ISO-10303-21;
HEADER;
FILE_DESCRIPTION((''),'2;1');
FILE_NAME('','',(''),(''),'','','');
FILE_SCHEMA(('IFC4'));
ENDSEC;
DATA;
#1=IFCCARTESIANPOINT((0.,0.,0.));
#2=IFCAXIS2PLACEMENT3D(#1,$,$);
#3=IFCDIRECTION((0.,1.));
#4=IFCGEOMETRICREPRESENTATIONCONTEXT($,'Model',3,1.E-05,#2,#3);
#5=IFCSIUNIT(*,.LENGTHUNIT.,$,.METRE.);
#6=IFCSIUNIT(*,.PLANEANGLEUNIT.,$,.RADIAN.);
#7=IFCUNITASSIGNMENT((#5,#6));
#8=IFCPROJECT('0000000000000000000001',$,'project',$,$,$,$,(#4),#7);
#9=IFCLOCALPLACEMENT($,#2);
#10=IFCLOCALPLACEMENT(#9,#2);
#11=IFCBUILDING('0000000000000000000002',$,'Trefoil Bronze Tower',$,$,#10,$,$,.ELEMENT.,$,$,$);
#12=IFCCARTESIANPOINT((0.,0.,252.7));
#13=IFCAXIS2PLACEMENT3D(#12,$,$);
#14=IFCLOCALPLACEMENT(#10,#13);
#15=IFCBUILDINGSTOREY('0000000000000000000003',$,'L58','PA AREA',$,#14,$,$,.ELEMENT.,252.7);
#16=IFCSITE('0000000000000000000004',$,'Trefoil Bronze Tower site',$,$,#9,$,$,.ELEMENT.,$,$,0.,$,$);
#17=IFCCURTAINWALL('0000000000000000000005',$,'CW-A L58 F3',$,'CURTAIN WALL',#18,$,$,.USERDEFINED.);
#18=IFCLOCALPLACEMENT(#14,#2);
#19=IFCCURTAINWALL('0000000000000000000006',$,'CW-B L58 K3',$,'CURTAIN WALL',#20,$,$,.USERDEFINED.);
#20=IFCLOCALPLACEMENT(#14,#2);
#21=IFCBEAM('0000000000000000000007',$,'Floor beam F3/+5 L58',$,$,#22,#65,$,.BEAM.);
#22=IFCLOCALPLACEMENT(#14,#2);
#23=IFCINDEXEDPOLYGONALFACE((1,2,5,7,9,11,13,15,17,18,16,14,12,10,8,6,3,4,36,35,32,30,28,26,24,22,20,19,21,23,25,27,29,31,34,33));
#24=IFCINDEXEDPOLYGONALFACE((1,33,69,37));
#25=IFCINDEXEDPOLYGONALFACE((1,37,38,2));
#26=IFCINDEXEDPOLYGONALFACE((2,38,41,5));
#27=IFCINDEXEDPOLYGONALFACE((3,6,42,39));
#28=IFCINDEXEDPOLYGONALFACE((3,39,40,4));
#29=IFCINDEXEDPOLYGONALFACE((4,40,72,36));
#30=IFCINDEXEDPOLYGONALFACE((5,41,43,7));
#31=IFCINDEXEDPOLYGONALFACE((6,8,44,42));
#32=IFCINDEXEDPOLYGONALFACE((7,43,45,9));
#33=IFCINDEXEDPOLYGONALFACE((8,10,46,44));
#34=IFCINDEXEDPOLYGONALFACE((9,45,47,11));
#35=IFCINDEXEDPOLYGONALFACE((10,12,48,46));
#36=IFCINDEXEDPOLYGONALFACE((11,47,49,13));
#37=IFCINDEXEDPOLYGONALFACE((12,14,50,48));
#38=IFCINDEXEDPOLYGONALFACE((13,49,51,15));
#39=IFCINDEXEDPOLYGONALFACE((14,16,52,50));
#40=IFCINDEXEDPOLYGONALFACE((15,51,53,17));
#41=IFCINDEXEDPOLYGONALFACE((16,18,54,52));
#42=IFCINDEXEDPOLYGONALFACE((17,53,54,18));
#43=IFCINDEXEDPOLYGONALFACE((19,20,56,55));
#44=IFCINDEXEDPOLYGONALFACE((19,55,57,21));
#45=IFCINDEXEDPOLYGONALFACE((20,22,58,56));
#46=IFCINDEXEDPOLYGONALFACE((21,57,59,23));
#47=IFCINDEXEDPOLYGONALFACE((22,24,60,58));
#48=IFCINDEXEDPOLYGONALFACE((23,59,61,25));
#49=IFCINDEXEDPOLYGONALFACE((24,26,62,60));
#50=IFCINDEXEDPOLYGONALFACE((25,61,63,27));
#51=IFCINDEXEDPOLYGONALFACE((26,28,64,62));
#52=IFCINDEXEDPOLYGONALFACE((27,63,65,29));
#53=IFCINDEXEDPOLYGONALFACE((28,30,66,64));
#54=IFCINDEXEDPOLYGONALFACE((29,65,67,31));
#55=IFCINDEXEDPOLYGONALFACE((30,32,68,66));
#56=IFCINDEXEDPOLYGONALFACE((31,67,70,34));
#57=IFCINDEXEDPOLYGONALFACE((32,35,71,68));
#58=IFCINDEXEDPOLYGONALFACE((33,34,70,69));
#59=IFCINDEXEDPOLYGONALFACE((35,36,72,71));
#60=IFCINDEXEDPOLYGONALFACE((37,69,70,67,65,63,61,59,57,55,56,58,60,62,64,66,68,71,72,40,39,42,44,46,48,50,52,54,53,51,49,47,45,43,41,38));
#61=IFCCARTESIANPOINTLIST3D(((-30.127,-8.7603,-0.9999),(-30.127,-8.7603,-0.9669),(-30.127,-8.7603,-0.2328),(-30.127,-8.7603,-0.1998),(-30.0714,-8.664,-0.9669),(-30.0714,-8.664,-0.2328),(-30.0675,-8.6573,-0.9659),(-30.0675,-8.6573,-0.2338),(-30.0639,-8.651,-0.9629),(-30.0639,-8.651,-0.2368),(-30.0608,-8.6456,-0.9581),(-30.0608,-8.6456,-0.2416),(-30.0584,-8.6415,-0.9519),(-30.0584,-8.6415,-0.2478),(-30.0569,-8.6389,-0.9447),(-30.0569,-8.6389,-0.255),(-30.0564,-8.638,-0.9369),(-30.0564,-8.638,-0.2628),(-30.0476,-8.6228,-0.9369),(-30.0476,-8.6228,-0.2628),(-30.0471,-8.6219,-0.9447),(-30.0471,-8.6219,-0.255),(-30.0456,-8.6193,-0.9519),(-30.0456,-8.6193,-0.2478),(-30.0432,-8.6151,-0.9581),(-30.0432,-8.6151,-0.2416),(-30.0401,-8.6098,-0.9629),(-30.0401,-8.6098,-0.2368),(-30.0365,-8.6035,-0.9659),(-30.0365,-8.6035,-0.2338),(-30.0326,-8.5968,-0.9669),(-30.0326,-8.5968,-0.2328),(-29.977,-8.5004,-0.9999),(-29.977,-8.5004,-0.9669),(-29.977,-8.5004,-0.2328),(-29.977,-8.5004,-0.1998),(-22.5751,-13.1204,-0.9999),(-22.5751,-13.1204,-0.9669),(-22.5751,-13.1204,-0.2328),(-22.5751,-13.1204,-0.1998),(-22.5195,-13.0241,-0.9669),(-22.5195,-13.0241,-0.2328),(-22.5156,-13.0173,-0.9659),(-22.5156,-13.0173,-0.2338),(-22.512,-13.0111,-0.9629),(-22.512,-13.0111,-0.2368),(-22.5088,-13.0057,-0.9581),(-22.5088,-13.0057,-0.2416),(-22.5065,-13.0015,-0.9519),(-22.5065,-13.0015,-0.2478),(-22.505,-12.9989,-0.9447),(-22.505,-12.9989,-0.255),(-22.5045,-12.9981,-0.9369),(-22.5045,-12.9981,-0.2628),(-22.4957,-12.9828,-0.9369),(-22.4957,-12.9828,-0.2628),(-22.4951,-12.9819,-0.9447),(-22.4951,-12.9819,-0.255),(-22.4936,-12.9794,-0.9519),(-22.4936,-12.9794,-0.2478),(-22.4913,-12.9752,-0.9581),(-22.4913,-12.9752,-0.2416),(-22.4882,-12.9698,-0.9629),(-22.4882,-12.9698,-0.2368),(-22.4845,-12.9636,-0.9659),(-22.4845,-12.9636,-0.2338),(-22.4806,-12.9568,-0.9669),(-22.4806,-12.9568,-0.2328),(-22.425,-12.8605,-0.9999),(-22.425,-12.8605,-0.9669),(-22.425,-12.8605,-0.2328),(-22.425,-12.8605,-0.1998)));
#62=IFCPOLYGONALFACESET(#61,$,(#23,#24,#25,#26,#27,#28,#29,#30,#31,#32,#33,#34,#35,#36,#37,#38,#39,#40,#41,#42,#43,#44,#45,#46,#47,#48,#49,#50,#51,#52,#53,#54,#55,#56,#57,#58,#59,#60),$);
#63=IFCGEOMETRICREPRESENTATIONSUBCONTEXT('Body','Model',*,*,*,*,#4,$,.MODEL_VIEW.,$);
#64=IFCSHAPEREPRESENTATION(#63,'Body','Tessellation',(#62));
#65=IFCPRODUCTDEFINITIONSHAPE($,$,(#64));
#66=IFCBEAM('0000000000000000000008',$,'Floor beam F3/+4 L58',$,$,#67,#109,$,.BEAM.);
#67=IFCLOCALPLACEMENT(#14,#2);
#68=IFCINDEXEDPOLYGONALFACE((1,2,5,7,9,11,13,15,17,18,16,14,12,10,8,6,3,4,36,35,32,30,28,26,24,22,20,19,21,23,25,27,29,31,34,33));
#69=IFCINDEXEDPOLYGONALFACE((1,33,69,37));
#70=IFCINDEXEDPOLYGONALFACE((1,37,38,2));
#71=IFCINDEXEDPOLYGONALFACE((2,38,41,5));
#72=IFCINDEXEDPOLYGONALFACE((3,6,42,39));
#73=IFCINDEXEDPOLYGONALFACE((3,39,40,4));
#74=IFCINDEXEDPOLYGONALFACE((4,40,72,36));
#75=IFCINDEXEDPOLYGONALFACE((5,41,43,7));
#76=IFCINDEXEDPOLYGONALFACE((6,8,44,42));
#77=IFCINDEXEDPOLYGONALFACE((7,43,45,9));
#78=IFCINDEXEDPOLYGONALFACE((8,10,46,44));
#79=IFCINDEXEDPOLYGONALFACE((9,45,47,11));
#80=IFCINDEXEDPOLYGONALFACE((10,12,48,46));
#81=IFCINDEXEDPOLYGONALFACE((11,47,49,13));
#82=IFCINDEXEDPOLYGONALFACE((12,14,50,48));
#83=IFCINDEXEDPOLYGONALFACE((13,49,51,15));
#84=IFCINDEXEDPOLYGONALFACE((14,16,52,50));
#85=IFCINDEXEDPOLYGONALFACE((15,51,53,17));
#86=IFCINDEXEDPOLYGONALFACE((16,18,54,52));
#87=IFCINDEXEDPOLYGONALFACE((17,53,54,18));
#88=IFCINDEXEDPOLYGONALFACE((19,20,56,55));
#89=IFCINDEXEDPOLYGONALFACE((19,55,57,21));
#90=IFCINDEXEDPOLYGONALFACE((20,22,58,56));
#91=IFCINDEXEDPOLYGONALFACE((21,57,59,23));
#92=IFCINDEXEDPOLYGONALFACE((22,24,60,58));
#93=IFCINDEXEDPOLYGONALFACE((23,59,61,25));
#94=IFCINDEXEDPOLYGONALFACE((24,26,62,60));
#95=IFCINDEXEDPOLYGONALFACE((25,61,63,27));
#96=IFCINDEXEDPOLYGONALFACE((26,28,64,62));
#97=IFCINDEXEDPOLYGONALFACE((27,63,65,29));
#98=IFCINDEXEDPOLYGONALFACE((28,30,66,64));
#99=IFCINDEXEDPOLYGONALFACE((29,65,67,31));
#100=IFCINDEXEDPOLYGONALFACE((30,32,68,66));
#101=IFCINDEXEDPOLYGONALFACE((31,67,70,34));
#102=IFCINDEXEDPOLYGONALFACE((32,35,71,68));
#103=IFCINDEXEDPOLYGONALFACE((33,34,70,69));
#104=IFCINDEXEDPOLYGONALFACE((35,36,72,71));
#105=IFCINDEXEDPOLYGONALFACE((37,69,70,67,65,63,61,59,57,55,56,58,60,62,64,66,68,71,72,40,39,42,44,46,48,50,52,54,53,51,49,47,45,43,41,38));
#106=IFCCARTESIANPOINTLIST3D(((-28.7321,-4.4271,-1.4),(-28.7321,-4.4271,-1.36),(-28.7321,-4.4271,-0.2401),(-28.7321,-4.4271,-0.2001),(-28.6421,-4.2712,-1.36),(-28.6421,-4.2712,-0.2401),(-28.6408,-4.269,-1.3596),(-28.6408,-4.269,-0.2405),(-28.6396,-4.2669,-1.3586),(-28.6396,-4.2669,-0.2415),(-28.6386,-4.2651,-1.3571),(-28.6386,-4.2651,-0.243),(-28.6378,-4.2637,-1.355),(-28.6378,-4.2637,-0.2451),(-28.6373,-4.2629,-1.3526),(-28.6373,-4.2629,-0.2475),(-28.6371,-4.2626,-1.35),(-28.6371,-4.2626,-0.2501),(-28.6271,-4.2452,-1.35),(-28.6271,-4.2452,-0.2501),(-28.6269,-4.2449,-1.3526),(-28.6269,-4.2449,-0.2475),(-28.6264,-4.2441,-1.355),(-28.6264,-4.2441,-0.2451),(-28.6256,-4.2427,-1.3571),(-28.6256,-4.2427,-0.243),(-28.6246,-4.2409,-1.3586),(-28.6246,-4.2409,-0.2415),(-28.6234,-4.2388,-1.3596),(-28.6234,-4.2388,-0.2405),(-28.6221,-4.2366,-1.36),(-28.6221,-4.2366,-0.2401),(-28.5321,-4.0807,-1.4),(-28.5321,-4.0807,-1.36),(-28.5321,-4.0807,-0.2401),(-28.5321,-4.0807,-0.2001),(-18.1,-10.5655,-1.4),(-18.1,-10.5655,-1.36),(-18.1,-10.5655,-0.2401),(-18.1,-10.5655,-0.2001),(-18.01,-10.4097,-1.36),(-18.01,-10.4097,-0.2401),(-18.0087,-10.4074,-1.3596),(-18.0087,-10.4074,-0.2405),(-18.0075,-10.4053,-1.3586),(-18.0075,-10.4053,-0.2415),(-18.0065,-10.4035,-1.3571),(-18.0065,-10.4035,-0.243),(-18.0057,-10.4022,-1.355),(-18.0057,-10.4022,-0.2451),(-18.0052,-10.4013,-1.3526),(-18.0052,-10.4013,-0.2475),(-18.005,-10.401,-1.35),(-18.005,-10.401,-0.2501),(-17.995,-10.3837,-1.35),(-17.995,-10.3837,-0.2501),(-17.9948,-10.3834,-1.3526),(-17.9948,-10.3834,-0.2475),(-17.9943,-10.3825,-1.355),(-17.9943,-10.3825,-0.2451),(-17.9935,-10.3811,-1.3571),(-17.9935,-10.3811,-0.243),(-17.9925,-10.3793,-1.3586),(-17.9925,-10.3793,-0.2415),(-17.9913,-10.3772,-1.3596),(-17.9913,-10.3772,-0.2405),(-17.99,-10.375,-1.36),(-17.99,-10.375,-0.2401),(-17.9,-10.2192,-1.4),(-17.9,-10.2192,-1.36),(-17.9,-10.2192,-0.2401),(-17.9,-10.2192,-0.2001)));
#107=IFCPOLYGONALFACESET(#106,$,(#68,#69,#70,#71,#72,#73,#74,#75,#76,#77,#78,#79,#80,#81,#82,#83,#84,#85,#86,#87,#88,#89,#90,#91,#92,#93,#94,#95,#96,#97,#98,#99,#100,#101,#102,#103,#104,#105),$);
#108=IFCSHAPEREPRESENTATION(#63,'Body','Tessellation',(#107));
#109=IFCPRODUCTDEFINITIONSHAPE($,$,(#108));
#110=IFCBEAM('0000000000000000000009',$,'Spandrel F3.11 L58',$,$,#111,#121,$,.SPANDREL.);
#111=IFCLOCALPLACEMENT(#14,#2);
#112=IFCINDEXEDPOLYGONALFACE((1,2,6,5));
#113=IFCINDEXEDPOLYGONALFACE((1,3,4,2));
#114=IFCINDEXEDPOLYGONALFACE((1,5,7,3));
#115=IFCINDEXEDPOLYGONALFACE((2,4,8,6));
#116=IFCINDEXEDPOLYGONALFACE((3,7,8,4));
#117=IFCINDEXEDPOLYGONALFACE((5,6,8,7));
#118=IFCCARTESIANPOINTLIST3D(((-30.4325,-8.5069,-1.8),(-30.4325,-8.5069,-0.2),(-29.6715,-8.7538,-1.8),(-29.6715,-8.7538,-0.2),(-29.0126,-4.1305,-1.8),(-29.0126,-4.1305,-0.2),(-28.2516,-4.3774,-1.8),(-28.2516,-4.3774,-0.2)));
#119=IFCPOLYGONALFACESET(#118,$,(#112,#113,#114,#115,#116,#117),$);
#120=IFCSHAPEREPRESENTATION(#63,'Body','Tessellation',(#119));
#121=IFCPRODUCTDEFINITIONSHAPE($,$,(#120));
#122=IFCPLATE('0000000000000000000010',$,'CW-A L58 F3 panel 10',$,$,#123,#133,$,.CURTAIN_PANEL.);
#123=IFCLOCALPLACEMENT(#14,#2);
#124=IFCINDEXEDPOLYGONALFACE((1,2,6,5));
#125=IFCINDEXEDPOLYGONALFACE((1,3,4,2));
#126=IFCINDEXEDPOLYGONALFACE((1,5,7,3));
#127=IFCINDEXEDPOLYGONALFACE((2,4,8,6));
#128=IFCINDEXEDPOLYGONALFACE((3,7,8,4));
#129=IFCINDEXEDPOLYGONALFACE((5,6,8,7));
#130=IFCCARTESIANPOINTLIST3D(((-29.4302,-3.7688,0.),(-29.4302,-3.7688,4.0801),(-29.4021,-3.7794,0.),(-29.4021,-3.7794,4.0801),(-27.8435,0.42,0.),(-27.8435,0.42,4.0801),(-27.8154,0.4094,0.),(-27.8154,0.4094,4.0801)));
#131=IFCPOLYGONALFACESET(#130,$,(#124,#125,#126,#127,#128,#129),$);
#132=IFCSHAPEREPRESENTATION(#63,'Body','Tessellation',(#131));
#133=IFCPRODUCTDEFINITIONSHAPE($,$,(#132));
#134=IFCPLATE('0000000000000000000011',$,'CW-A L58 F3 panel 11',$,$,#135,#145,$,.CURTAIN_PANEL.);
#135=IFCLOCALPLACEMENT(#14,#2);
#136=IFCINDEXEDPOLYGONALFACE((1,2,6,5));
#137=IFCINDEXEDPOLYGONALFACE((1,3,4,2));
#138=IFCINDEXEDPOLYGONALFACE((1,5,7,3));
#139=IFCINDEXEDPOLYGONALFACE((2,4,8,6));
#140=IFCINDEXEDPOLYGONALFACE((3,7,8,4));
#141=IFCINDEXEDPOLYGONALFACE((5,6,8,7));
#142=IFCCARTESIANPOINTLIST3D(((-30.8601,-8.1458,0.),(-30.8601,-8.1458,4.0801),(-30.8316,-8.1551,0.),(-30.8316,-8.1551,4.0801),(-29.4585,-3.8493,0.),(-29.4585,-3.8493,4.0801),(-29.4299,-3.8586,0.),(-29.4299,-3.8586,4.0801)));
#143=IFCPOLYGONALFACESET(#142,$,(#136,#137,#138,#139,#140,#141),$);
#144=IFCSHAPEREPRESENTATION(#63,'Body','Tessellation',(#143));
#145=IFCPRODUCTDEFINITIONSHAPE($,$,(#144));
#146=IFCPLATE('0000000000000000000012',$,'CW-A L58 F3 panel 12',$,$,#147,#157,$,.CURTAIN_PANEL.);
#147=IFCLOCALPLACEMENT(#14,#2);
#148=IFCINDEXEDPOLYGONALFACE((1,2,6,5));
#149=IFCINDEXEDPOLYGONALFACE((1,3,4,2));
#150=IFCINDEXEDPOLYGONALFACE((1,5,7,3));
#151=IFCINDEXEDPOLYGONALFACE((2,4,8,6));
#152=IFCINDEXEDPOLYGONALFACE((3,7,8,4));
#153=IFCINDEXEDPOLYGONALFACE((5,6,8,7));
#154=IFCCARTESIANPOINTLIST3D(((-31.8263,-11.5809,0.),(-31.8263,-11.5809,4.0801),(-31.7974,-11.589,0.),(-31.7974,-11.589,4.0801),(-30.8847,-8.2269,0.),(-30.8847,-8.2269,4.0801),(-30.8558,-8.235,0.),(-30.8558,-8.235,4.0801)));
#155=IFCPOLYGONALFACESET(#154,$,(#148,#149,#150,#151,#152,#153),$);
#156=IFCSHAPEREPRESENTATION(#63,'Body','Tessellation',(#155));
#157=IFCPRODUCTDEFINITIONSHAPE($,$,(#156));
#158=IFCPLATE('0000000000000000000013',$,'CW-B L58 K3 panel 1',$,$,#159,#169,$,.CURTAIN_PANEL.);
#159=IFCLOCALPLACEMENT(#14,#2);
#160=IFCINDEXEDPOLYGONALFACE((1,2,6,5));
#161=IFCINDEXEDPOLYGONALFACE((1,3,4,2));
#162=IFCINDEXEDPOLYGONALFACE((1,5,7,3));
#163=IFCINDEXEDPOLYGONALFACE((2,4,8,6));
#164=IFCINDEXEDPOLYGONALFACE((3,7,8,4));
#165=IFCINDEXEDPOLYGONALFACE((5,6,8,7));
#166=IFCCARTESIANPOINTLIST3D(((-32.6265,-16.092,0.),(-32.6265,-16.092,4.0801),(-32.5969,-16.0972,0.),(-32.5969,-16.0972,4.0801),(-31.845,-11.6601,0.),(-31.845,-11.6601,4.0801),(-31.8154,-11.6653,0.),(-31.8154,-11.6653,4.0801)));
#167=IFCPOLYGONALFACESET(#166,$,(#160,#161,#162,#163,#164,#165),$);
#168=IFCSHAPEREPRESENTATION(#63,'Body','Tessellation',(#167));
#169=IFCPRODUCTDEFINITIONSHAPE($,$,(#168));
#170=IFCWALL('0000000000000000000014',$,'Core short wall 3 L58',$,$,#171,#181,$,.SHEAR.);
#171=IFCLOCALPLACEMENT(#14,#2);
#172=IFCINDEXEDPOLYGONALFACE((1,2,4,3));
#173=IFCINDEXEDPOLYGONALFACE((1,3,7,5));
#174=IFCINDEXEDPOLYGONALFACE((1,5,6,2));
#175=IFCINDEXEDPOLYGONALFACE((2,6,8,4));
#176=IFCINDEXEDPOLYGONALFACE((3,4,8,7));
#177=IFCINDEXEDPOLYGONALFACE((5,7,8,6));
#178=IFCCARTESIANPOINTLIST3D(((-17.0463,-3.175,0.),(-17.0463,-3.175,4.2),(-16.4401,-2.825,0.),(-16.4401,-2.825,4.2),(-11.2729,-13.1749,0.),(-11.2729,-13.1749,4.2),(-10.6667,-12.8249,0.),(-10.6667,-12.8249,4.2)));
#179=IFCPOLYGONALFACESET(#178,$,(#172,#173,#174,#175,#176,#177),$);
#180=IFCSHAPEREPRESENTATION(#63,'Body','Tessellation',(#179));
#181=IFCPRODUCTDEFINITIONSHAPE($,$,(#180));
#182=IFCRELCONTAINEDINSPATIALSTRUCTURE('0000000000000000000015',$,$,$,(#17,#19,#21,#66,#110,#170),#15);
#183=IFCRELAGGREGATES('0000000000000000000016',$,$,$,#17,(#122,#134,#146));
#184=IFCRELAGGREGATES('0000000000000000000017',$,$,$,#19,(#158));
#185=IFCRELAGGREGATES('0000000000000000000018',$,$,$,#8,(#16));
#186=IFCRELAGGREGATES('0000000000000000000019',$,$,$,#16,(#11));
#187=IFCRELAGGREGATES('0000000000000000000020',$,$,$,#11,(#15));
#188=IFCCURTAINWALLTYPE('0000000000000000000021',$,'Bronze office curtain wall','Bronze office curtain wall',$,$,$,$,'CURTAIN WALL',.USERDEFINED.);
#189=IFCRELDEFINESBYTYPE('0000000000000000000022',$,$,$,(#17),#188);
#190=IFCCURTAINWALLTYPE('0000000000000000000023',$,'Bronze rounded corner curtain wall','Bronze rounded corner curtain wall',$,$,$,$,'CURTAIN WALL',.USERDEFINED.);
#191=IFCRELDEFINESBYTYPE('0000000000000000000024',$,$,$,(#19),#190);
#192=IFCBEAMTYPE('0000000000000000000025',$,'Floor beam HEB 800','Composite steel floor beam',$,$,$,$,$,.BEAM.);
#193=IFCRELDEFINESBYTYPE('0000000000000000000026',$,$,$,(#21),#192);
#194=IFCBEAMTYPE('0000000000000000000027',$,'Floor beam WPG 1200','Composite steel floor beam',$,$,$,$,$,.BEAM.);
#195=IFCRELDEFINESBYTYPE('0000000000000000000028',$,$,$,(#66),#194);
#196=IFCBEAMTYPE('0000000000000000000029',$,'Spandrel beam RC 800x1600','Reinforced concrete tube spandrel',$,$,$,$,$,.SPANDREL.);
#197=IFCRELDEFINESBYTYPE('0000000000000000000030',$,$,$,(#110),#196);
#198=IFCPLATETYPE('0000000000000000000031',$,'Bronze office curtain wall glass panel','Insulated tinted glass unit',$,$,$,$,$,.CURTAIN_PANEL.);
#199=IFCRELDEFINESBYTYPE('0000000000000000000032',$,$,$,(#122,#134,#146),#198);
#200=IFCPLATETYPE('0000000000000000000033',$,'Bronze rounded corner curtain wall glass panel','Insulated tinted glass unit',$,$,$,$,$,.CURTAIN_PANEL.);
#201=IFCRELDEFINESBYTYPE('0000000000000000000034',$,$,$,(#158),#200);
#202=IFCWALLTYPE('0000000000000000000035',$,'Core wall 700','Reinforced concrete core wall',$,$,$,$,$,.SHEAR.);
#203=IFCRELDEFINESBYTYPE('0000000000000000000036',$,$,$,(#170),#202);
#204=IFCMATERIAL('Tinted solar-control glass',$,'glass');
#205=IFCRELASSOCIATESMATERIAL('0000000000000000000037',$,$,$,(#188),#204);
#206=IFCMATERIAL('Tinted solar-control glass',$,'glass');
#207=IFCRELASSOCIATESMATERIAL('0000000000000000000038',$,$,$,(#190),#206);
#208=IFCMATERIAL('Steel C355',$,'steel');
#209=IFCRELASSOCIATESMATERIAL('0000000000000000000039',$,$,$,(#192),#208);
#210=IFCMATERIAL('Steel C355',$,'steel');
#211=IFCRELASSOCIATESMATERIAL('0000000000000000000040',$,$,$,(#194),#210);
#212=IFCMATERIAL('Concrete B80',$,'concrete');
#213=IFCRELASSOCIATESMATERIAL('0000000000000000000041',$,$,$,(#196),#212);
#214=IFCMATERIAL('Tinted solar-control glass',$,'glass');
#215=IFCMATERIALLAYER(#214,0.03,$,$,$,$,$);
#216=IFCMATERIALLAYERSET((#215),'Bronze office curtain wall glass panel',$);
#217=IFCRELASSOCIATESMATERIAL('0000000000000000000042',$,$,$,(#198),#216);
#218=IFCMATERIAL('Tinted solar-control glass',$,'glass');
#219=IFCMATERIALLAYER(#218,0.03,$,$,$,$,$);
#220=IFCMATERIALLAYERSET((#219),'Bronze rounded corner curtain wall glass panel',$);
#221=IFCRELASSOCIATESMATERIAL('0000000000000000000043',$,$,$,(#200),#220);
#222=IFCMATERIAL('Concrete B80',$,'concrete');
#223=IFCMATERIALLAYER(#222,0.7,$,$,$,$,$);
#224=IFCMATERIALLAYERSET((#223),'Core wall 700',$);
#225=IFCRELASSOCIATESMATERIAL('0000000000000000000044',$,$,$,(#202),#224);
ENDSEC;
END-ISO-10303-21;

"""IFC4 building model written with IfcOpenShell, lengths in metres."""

from ifc_helpers import new_model, si_unit, direction, frame, frame_2d, origin, origin_2d, place, context, subcontext, project, spatial, rectangle, i_section, extrude, material, layer, layer_set, material_profile, profile_set, type_object, element, aggregate, save


model = new_model("IFC4")

# Units and contexts
model_context = context("Model", 3, precision=1e-05, world=origin(), true_north=direction((0.0, 1.0)))
body_context = subcontext(model_context, "Body", "Model", "MODEL_VIEW")
ifc_project = project(units=[si_unit("LENGTHUNIT", "METRE"), si_unit("PLANEANGLEUNIT", "RADIAN")], contexts=[model_context])

# Site, building, storey
site_placement = place(None, origin())
site = spatial("IfcSite", under=ifc_project, at=site_placement, Name="Trefoil Bronze Tower site", CompositionType="ELEMENT", RefElevation=0.0)
building_placement = place(site_placement, origin())
building = spatial("IfcBuilding", under=site, at=building_placement, Name="Trefoil Bronze Tower", CompositionType="ELEMENT")
storey_placement = place(building_placement, frame((0.0, 0.0, 252.7)))
storey = spatial("IfcBuildingStorey", under=building, at=storey_placement, Name="L58", Description="PA AREA", CompositionType="ELEMENT", Elevation=252.7)

# Curtain walls
ifc_material_1 = material(Name="Tinted solar-control glass", Category="glass")
curtain_wall_type_1 = type_object("IfcCurtainWallType", Name="Bronze office curtain wall", Description="Bronze office curtain wall", ElementType="CURTAIN WALL", PredefinedType="USERDEFINED", material=ifc_material_1)
curtain_wall_1_placement = place(storey_placement, origin())
curtain_wall_1 = element("IfcCurtainWall", 1, at=curtain_wall_1_placement, inside=storey, type_object=curtain_wall_type_1, Name="CW-A L58 F3", ObjectType="CURTAIN WALL", PredefinedType="USERDEFINED")
ifc_material_2 = material(Name="Tinted solar-control glass", Category="glass")
curtain_wall_type_2 = type_object("IfcCurtainWallType", Name="Bronze rounded corner curtain wall", Description="Bronze rounded corner curtain wall", ElementType="CURTAIN WALL", PredefinedType="USERDEFINED", material=ifc_material_2)
curtain_wall_2_placement = place(storey_placement, origin())
curtain_wall_2 = element("IfcCurtainWall", 2, at=curtain_wall_2_placement, inside=storey, type_object=curtain_wall_type_2, Name="CW-B L58 K3", ObjectType="CURTAIN WALL", PredefinedType="USERDEFINED")

# Beams
ifc_material_3 = material(Name="Steel C355", Category="steel")
ifc_material_profile_1 = material_profile(ifc_material_3, i_section(OverallWidth=0.3, OverallDepth=0.8, WebThickness=0.0176, FlangeThickness=0.033, FilletRadius=0.03, at=origin_2d()), Name="HEB 800")
ifc_profile_set_1 = profile_set([ifc_material_profile_1], Name="Steel C355")
beam_type_1 = type_object("IfcBeamType", Name="Floor beam HEB 800", Description="Composite steel floor beam", PredefinedType="BEAM", material=ifc_profile_set_1)
beam_1_placement = place(storey_placement, frame((-30.052, -8.6304, -0.5999), z_axis=(0.866028, -0.499996, 0.0), x_axis=(0.499996, 0.866028, 0.0)))
element("IfcBeam", 3, at=beam_1_placement, inside=storey, type_object=beam_type_1, Name="Floor beam F3/+5 L58", PredefinedType="BEAM", context=body_context, shape_type="SweptSolid", body=[
    extrude(i_section(OverallWidth=0.3, OverallDepth=0.8, WebThickness=0.0176, FlangeThickness=0.033, FilletRadius=0.03, at=origin_2d()), origin(), (0.0, 0.0, 1.0), 8.7202),
])
ifc_material_4 = material(Name="Steel C355", Category="steel")
ifc_material_profile_2 = material_profile(ifc_material_4, i_section(OverallWidth=0.3999, OverallDepth=1.2, WebThickness=0.02, FlangeThickness=0.04, FilletRadius=0.01, at=origin_2d()), Name="WPG 1200")
ifc_profile_set_2 = profile_set([ifc_material_profile_2], Name="Steel C355")
beam_type_2 = type_object("IfcBeamType", Name="Floor beam WPG 1200", Description="Composite steel floor beam", PredefinedType="BEAM", material=ifc_profile_set_2)
beam_2_placement = place(storey_placement, frame((-28.6321, -4.2539, -0.8), z_axis=(0.866026, -0.5, 0.0), x_axis=(0.5, 0.866026, 0.0)))
element("IfcBeam", 4, at=beam_2_placement, inside=storey, type_object=beam_type_2, Name="Floor beam F3/+4 L58", PredefinedType="BEAM", context=body_context, shape_type="SweptSolid", body=[
    extrude(i_section(OverallWidth=0.3999, OverallDepth=1.2, WebThickness=0.02, FlangeThickness=0.04, FilletRadius=0.01, at=origin_2d()), origin(), (0.0, 0.0, 1.0), 12.2769),
])
ifc_material_5 = material(Name="Concrete B80", Category="concrete")
ifc_material_profile_3 = material_profile(ifc_material_5, rectangle(XDim=0.8, YDim=1.6001, at=origin_2d()), Name="RC 800x1600")
ifc_profile_set_3 = profile_set([ifc_material_profile_3], Name="Concrete B80")
beam_type_3 = type_object("IfcBeamType", Name="Spandrel beam RC 800x1600", Description="Reinforced concrete tube spandrel", PredefinedType="SPANDREL", material=ifc_profile_set_3)
beam_3_placement = place(storey_placement, frame((-28.6321, -4.2539, -1.0), z_axis=(-0.308609, -0.951189, 0.0), x_axis=(0.951189, -0.308609, 0.0)))
element("IfcBeam", 5, at=beam_3_placement, inside=storey, type_object=beam_type_3, Name="Spandrel F3.11 L58", PredefinedType="SPANDREL", context=body_context, shape_type="SweptSolid", body=[
    extrude(rectangle(XDim=0.8, YDim=1.6001, at=origin_2d()), origin(), (0.0, 0.0, 1.0), 4.6011),
])

# Plates
ifc_material_6 = material(Name="Tinted solar-control glass", Category="glass")
ifc_layer_1 = layer(ifc_material_6, 0.03)
ifc_layer_set_1 = layer_set([ifc_layer_1], Name="Bronze office curtain wall glass panel")
plate_type_1 = type_object("IfcPlateType", Name="Bronze office curtain wall glass panel", Description="Insulated tinted glass unit", PredefinedType="CURTAIN_PANEL", material=ifc_layer_set_1)
plate_1_placement = place(storey_placement, frame((-28.6228, -1.6797, 0.0), z_axis=(0.0, 0.0, 1.0), x_axis=(-0.354234, -0.935157, 0.0)))
plate_1 = element("IfcPlate", 6, at=plate_1_placement, type_object=plate_type_1, Name="CW-A L58 F3 panel 10", PredefinedType="CURTAIN_PANEL", context=body_context, shape_type="SweptSolid", body=[
    extrude(rectangle(XDim=4.4792, YDim=0.03, at=origin_2d()), origin(), (0.0, 0.0, 1.0), 4.0801),
])
plate_2_placement = place(storey_placement, frame((-30.145, -6.0022, 0.0), z_axis=(0.0, 0.0, 1.0), x_axis=(-0.310149, -0.950688, 0.0)))
plate_2 = element("IfcPlate", 7, at=plate_2_placement, type_object=plate_type_1, Name="CW-A L58 F3 panel 11", PredefinedType="CURTAIN_PANEL", context=body_context, shape_type="SweptSolid", body=[
    extrude(rectangle(XDim=4.5193, YDim=0.03, at=origin_2d()), origin(), (0.0, 0.0, 1.0), 4.0801),
])
plate_3_placement = place(storey_placement, frame((-31.3411, -9.908, 0.0), z_axis=(0.0, 0.0, 1.0), x_axis=(-0.270282, -0.962781, 0.0)))
plate_3 = element("IfcPlate", 8, at=plate_3_placement, type_object=plate_type_1, Name="CW-A L58 F3 panel 12", PredefinedType="CURTAIN_PANEL", context=body_context, shape_type="SweptSolid", body=[
    extrude(rectangle(XDim=3.4836, YDim=0.03, at=origin_2d()), origin(), (0.0, 0.0, 1.0), 4.0801),
])
aggregate(curtain_wall_1, [plate_1, plate_2, plate_3])
ifc_material_7 = material(Name="Tinted solar-control glass", Category="glass")
ifc_layer_2 = layer(ifc_material_7, 0.03)
ifc_layer_set_2 = layer_set([ifc_layer_2], Name="Bronze rounded corner curtain wall glass panel")
plate_type_2 = type_object("IfcPlateType", Name="Bronze rounded corner curtain wall glass panel", Description="Insulated tinted glass unit", PredefinedType="CURTAIN_PANEL", material=ifc_layer_set_2)
plate_4_placement = place(storey_placement, frame((-32.2209, -13.8787, 0.0), z_axis=(0.0, 0.0, 1.0), x_axis=(-0.173648, -0.984808, 0.0)))
plate_4 = element("IfcPlate", 9, at=plate_4_placement, type_object=plate_type_2, Name="CW-B L58 K3 panel 1", PredefinedType="CURTAIN_PANEL", context=body_context, shape_type="SweptSolid", body=[
    extrude(rectangle(XDim=4.5002, YDim=0.03, at=origin_2d()), origin(), (0.0, 0.0, 1.0), 4.0801),
])
aggregate(curtain_wall_2, [plate_4])

# Wall
ifc_material_8 = material(Name="Concrete B80", Category="concrete")
ifc_layer_3 = layer(ifc_material_8, 0.7)
ifc_layer_set_3 = layer_set([ifc_layer_3], Name="Core wall 700")
wall_type_1 = type_object("IfcWallType", Name="Core wall 700", Description="Reinforced concrete core wall", PredefinedType="SHEAR", material=ifc_layer_set_3)
wall_1_placement = place(storey_placement, frame((-16.7432, -3.0, 0.0), z_axis=(0.0, 0.0, 1.0), x_axis=(0.499996, -0.866028, 0.0)))
element("IfcWall", 10, at=wall_1_placement, inside=storey, type_object=wall_type_1, Name="Core short wall 3 L58", PredefinedType="SHEAR", context=body_context, shape_type="SweptSolid", body=[
    extrude(rectangle(XDim=11.5469, YDim=0.7, at=frame_2d((5.7734, 0.0))), origin(), (0.0, 0.0, 1.0), 4.2),
])

save(model, "model.ifc")
